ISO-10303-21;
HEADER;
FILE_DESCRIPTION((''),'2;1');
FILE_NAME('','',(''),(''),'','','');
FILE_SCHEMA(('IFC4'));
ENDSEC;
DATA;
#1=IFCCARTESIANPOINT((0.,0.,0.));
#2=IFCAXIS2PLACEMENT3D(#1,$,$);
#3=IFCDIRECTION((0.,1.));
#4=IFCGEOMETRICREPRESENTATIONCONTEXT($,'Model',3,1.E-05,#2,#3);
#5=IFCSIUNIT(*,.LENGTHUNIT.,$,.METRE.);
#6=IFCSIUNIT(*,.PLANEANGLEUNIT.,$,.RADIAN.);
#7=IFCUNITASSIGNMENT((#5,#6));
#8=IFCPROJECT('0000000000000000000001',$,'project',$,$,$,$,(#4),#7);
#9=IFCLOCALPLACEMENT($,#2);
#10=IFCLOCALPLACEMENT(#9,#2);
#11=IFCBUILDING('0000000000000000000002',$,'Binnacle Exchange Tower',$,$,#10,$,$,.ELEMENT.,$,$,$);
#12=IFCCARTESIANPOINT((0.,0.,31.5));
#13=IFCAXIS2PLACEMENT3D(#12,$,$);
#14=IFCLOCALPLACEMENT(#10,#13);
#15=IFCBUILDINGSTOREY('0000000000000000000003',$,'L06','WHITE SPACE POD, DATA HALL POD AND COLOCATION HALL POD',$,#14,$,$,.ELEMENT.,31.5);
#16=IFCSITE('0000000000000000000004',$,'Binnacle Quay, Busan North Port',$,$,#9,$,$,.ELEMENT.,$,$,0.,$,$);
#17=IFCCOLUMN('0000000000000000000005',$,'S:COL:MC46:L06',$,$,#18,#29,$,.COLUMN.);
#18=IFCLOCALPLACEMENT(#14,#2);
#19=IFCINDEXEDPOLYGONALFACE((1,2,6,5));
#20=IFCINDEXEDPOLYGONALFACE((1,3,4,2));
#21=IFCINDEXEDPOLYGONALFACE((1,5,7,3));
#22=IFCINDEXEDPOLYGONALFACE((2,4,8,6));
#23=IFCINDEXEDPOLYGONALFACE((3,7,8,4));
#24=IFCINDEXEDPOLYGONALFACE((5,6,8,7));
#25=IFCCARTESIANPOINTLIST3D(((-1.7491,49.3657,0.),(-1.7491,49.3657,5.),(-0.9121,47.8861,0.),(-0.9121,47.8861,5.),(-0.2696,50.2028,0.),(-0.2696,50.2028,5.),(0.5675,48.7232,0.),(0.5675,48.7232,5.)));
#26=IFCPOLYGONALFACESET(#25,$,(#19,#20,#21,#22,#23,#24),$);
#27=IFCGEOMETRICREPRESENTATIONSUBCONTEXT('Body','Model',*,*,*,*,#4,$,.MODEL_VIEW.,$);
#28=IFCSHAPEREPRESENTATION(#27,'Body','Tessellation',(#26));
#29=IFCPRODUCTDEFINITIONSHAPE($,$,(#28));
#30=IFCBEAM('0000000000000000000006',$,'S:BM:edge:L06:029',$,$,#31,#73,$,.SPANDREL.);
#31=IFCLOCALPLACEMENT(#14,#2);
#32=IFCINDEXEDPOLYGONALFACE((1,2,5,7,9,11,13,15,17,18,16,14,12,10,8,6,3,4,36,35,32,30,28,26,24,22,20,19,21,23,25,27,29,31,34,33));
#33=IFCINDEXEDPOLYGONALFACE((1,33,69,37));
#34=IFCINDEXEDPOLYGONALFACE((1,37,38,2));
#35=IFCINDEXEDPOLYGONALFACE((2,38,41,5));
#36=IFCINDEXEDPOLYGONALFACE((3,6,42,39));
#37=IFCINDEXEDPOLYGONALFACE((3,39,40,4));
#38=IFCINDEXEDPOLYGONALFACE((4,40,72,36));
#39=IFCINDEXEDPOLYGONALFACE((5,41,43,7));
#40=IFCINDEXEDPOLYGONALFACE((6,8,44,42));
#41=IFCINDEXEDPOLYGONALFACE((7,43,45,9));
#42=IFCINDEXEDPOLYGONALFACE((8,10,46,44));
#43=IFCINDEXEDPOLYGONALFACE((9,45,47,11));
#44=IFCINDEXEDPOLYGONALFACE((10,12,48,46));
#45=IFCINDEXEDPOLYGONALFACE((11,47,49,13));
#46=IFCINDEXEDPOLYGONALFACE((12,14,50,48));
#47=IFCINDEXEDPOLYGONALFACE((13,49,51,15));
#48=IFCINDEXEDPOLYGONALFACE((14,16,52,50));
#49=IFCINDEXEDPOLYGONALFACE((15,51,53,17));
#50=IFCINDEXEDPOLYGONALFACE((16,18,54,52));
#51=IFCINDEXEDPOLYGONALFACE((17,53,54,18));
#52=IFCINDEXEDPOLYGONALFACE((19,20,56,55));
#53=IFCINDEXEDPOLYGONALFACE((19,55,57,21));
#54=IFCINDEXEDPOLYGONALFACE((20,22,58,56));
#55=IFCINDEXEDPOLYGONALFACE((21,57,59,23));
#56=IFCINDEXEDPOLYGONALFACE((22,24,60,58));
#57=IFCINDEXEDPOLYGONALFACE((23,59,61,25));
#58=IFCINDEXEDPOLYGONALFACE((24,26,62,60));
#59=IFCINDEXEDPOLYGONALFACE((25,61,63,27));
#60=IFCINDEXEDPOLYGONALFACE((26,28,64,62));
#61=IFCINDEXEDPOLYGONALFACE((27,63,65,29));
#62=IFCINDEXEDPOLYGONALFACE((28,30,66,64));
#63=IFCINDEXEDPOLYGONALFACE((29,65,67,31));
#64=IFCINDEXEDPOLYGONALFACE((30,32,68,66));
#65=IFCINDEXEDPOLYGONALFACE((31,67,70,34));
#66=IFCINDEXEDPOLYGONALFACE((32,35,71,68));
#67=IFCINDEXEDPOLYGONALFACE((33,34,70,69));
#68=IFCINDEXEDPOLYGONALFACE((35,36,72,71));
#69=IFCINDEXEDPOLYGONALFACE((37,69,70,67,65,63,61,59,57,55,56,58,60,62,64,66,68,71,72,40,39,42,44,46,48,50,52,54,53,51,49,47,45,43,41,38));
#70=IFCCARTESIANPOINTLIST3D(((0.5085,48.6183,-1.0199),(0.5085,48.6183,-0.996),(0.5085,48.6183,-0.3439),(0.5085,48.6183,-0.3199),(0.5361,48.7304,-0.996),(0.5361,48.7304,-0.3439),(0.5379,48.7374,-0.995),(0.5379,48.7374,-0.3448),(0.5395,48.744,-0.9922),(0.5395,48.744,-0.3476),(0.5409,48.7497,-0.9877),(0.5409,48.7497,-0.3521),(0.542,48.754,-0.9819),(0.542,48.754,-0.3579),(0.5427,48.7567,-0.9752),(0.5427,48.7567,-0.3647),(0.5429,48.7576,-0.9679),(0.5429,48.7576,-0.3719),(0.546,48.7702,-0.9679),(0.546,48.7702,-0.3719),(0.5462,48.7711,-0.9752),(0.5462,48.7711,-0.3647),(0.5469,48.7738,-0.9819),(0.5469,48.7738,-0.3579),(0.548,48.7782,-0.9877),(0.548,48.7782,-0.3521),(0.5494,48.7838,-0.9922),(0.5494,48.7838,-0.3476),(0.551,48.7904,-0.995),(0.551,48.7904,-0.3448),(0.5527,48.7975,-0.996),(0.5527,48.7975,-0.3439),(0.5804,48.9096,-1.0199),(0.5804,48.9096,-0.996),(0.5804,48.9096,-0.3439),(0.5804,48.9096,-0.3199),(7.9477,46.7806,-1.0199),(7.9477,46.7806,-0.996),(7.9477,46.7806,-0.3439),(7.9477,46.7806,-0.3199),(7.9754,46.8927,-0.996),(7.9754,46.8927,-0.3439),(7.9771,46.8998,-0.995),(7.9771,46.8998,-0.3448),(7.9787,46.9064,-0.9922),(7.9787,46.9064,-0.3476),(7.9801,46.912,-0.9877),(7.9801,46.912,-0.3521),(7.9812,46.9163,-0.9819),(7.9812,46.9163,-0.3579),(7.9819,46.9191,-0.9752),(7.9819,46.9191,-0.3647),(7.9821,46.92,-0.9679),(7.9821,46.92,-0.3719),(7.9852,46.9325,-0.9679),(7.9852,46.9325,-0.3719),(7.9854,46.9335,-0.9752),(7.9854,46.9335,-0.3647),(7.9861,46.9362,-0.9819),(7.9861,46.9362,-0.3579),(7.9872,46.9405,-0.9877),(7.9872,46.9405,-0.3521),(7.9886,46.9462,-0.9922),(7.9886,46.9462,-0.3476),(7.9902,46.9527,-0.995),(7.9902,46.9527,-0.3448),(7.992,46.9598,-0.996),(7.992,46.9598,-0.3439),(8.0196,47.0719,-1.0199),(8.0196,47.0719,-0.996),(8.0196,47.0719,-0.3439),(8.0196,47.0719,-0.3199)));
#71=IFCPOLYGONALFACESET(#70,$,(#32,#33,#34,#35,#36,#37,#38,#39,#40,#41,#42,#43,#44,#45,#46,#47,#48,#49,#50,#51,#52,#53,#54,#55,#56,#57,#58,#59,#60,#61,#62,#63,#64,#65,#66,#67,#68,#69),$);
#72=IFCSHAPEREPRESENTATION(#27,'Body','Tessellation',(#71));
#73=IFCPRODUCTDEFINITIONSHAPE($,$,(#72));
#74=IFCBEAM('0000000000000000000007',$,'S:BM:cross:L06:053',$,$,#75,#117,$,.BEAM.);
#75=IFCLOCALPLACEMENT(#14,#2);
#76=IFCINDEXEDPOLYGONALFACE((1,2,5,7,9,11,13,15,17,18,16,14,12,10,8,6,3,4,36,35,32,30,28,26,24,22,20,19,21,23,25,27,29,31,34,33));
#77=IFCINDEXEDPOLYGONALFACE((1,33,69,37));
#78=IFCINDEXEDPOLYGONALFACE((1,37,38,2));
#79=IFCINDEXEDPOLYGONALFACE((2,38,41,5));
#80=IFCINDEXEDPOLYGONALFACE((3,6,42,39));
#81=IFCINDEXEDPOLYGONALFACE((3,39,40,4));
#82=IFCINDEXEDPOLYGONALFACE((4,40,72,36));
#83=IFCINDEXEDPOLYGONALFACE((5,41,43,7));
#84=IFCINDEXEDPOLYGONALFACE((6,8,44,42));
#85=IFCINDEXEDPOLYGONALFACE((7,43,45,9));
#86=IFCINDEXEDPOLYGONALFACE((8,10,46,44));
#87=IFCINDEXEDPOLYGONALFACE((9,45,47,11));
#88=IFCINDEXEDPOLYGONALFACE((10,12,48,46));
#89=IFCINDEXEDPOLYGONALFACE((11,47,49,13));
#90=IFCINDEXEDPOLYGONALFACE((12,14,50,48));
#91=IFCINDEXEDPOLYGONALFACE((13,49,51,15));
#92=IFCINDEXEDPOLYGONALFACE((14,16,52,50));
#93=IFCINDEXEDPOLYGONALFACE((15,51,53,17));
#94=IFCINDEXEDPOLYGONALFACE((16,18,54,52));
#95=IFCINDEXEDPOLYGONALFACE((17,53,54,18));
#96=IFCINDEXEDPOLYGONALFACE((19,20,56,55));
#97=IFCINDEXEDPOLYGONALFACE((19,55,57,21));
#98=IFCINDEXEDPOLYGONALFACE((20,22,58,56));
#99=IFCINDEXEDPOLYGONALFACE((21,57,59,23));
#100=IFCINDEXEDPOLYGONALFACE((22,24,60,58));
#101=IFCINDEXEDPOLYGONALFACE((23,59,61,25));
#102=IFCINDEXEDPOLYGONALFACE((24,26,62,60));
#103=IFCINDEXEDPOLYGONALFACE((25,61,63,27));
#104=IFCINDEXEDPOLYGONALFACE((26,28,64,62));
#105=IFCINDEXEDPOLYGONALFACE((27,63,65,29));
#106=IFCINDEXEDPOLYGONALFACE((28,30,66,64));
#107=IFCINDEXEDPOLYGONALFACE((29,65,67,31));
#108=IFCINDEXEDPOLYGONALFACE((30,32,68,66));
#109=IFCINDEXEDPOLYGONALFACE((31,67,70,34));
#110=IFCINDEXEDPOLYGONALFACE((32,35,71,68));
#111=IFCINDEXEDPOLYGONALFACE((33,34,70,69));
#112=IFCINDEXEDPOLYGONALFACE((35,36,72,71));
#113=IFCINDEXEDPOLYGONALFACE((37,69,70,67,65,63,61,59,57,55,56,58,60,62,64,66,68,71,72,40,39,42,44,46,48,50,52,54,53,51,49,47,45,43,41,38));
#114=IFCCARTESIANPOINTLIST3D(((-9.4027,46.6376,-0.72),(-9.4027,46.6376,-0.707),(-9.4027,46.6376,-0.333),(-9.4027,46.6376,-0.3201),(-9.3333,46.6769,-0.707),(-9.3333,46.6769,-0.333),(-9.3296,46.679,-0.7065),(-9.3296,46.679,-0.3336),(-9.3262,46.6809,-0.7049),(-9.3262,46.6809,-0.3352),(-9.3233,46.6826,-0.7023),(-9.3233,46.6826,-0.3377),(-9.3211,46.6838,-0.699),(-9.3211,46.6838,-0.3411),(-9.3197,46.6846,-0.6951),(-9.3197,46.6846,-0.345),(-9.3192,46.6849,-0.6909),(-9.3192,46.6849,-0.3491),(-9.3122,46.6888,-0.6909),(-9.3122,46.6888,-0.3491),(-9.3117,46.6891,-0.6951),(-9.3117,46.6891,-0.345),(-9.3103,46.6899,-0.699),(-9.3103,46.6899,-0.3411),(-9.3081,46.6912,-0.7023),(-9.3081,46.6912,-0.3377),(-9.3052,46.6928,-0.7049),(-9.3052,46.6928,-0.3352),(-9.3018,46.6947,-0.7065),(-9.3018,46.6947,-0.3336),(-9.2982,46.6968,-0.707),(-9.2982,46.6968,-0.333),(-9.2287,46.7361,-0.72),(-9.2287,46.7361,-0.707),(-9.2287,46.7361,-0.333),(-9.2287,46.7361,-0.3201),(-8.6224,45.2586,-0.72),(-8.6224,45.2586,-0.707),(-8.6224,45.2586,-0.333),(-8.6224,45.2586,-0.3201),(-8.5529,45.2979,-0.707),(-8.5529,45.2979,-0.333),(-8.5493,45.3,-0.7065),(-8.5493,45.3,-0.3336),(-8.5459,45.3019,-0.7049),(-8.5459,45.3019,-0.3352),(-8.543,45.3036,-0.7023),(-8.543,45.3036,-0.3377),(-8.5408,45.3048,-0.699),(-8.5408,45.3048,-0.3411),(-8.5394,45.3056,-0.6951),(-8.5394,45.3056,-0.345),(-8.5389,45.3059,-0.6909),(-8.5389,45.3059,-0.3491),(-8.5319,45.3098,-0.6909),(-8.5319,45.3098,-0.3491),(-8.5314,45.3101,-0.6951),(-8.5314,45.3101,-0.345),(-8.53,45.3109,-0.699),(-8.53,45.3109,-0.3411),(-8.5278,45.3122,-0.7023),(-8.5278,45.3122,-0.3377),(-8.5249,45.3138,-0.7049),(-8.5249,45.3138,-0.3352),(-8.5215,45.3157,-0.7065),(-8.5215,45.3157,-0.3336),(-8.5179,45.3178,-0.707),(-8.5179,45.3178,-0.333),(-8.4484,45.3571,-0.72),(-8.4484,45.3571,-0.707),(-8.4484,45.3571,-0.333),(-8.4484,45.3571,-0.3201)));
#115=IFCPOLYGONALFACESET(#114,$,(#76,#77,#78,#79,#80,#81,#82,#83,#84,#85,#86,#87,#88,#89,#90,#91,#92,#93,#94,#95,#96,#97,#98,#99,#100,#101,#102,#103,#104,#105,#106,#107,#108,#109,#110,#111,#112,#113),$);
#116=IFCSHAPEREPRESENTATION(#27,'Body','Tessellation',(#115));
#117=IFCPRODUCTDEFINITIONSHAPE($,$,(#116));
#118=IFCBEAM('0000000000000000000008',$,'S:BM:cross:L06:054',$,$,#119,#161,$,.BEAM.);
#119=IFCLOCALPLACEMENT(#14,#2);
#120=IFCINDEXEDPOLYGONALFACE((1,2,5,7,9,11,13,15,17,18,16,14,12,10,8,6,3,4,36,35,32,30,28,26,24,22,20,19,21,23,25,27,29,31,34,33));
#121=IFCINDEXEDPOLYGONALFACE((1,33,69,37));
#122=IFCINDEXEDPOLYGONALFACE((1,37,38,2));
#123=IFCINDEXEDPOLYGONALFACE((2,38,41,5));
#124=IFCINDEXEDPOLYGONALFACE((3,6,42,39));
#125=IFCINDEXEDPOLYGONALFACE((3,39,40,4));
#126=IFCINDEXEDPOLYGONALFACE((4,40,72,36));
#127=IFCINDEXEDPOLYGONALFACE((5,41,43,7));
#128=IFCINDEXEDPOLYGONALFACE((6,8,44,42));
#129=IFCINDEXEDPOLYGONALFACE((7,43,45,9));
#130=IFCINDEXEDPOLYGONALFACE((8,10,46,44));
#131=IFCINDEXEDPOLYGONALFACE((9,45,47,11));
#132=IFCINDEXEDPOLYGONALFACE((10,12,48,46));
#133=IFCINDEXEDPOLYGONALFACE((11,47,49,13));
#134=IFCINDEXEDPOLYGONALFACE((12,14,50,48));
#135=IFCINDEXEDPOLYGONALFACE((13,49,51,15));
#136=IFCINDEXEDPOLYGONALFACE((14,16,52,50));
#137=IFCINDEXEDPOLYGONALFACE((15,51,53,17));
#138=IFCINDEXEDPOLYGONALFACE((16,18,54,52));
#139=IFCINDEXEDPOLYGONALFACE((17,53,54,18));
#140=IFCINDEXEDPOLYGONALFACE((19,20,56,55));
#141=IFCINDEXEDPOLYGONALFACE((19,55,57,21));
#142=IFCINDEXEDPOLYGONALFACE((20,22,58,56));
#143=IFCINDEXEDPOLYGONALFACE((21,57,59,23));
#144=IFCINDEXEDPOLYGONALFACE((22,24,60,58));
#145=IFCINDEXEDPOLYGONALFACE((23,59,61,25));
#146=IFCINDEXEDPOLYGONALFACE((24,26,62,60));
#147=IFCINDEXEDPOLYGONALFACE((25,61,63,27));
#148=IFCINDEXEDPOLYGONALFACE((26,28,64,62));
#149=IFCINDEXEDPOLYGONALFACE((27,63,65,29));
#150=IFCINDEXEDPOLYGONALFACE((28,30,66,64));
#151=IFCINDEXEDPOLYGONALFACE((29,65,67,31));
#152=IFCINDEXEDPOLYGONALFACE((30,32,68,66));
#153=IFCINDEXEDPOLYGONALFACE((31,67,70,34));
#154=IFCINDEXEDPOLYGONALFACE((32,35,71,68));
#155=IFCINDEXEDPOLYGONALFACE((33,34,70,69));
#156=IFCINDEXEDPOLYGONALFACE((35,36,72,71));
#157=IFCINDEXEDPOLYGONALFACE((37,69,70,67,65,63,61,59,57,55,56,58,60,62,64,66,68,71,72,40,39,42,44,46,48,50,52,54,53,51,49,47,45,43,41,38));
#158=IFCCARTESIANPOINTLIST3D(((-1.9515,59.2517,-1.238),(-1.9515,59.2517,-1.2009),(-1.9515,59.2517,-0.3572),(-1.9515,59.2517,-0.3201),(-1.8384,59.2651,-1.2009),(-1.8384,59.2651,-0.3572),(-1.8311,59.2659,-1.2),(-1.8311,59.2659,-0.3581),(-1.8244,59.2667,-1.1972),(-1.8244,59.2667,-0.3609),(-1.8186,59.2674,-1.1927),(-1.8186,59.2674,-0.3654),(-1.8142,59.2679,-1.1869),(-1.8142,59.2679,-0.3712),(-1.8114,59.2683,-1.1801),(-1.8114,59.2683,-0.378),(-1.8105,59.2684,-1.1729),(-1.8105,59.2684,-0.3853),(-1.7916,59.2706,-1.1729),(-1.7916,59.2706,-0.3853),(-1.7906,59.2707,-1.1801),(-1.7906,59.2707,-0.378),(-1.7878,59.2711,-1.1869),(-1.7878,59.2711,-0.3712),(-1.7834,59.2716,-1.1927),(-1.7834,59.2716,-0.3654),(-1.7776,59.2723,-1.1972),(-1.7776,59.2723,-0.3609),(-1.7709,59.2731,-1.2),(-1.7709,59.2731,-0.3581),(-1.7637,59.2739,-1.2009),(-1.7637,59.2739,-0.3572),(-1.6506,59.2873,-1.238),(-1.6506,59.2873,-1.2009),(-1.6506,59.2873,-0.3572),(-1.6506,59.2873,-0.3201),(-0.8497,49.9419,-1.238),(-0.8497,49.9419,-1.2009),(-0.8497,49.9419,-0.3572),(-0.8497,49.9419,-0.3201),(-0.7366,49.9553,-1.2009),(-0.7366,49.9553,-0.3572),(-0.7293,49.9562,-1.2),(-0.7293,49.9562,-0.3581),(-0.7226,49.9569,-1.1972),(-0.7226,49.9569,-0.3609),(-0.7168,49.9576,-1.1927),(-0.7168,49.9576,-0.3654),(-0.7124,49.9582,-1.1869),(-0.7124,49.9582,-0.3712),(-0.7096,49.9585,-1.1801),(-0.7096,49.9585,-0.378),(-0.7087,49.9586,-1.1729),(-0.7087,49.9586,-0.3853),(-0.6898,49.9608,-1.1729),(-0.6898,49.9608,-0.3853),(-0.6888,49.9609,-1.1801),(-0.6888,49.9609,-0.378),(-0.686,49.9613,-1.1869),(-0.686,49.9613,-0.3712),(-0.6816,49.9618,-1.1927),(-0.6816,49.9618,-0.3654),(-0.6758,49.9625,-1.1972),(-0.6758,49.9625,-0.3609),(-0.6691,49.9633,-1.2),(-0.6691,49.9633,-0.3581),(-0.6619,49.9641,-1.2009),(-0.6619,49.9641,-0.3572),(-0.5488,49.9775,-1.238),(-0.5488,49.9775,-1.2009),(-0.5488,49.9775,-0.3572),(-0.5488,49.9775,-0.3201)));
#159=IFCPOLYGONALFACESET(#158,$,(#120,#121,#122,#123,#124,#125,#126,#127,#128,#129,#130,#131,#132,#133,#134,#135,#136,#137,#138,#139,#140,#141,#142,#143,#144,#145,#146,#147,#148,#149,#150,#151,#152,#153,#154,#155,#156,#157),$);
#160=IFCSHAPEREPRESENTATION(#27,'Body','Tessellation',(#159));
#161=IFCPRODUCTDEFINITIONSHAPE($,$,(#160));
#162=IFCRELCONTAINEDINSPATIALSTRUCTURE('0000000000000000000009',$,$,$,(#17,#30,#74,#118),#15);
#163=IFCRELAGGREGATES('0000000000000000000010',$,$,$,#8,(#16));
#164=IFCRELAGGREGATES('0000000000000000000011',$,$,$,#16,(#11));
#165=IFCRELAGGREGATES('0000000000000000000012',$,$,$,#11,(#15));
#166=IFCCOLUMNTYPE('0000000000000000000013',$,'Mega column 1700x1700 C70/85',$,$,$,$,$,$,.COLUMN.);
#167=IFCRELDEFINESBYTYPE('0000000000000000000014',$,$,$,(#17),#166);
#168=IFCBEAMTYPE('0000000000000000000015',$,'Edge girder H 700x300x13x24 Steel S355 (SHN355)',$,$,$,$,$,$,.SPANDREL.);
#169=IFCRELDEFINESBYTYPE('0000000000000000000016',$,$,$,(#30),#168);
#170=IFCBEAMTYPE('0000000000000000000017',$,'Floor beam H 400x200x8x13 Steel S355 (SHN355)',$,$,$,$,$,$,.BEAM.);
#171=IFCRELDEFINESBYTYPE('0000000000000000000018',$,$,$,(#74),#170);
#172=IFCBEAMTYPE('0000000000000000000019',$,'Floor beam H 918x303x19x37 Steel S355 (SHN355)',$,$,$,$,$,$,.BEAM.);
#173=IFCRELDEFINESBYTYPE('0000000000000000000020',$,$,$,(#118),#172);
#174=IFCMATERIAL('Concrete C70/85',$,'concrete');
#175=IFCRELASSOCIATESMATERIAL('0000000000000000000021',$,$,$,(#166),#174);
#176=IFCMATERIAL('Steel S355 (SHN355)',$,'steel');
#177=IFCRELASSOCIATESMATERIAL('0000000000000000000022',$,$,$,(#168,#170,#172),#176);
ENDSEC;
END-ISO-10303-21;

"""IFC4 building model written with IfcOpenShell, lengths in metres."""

from ifc_helpers import new_model, si_unit, direction, frame, origin, origin_2d, place, context, subcontext, project, spatial, rectangle, i_section, extrude, material, material_profile, profile_set, type_object, element, save


model = new_model("IFC4")

# Units and contexts
model_context = context("Model", 3, precision=1e-05, world=origin(), true_north=direction((0.0, 1.0)))
body_context = subcontext(model_context, "Body", "Model", "MODEL_VIEW")
ifc_project = project(units=[si_unit("LENGTHUNIT", "METRE"), si_unit("PLANEANGLEUNIT", "RADIAN")], contexts=[model_context])

# Site, building, storey
site_placement = place(None, origin())
site = spatial("IfcSite", under=ifc_project, at=site_placement, Name="Binnacle Quay, Busan North Port", CompositionType="ELEMENT", RefElevation=0.0)
building_placement = place(site_placement, origin())
building = spatial("IfcBuilding", under=site, at=building_placement, Name="Binnacle Exchange Tower", CompositionType="ELEMENT")
storey_placement = place(building_placement, frame((0.0, 0.0, 31.5)))
storey = spatial("IfcBuildingStorey", under=building, at=storey_placement, Name="L06", Description="WHITE SPACE POD, DATA HALL POD AND COLOCATION HALL POD", CompositionType="ELEMENT", Elevation=31.5)

# Column
ifc_material_1 = material(Name="Concrete C70/85", Category="concrete")
ifc_material_profile_1 = material_profile(ifc_material_1, rectangle(XDim=1.7, YDim=1.7, at=origin_2d()), Name="Mega column 1700x1700 C70/85")
ifc_profile_set_1 = profile_set([ifc_material_profile_1], Name="Concrete C70/85")
column_type = type_object("IfcColumnType", Name="Mega column 1700x1700 C70/85", PredefinedType="COLUMN", material=ifc_profile_set_1)
column_placement = place(storey_placement, frame((-0.5908, 49.0444, 0.0), z_axis=(0.0, 0.0, 1.0), x_axis=(0.870356, 0.492424, 0.0)))
element("IfcColumn", 1, at=column_placement, inside=storey, type_object=column_type, Name="S:COL:MC46:L06", PredefinedType="COLUMN", context=body_context, shape_type="SweptSolid", body=[
    extrude(rectangle(XDim=1.7, YDim=1.7, at=origin_2d()), origin(), (0.0, 0.0, 1.0), 5.0),
])

# Beams
ifc_material_2 = material(Name="Steel S355 (SHN355)", Category="steel")
ifc_material_profile_2 = material_profile(ifc_material_2, i_section(OverallWidth=0.3, OverallDepth=0.7, WebThickness=0.0129, FlangeThickness=0.0239, FilletRadius=0.0281, at=origin_2d()), Name="H 700x300x13x24")
ifc_profile_set_2 = profile_set([ifc_material_profile_2], Name="Steel S355 (SHN355)")
beam_type_1 = type_object("IfcBeamType", Name="Edge girder H 700x300x13x24 Steel S355 (SHN355)", PredefinedType="SPANDREL", material=ifc_profile_set_2)
beam_1_placement = place(storey_placement, frame((0.5444, 48.7639, -0.6699), z_axis=(0.970819, -0.239813, 0.0), x_axis=(0.239813, 0.970819, 0.0)))
element("IfcBeam", 2, at=beam_1_placement, inside=storey, type_object=beam_type_1, Name="S:BM:edge:L06:029", PredefinedType="SPANDREL", context=body_context, shape_type="SweptSolid", body=[
    extrude(i_section(OverallWidth=0.3, OverallDepth=0.7, WebThickness=0.0129, FlangeThickness=0.0239, FilletRadius=0.0281, at=origin_2d()), origin(), (0.0, 0.0, 1.0), 7.6628),
])
ifc_material_profile_3 = material_profile(ifc_material_2, i_section(OverallWidth=0.2, OverallDepth=0.3999, WebThickness=0.0081, FlangeThickness=0.0129, FilletRadius=0.0161, at=origin_2d()), Name="H 400x200x8x13")
ifc_profile_set_3 = profile_set([ifc_material_profile_3], Name="Steel S355 (SHN355)")
beam_type_2 = type_object("IfcBeamType", Name="Floor beam H 400x200x8x13 Steel S355 (SHN355)", PredefinedType="BEAM", material=ifc_profile_set_3)
beam_2_placement = place(storey_placement, frame((-8.5354, 45.3079, -0.52), z_axis=(-0.492484, 0.870322, 0.0), x_axis=(-0.870322, -0.492484, 0.0)))
element("IfcBeam", 3, at=beam_2_placement, inside=storey, type_object=beam_type_2, Name="S:BM:cross:L06:053", PredefinedType="BEAM", context=body_context, shape_type="SweptSolid", body=[
    extrude(i_section(OverallWidth=0.2, OverallDepth=0.3999, WebThickness=0.0081, FlangeThickness=0.0129, FilletRadius=0.0161, at=origin_2d()), origin(), (0.0, 0.0, 1.0), 1.5845),
])
ifc_material_profile_4 = material_profile(ifc_material_2, i_section(OverallWidth=0.303, OverallDepth=0.918, WebThickness=0.019, FlangeThickness=0.0371, FilletRadius=0.0281, at=origin_2d()), Name="H 918x303x19x37")
ifc_profile_set_4 = profile_set([ifc_material_profile_4], Name="Steel S355 (SHN355)")
beam_type_3 = type_object("IfcBeamType", Name="Floor beam H 918x303x19x37 Steel S355 (SHN355)", PredefinedType="BEAM", material=ifc_profile_set_4)
beam_3_placement = place(storey_placement, frame((-0.6992, 49.9597, -0.7791), z_axis=(-0.117529, 0.993069, 0.0), x_axis=(-0.993069, -0.117529, 0.0)))
element("IfcBeam", 4, at=beam_3_placement, inside=storey, type_object=beam_type_3, Name="S:BM:cross:L06:054", PredefinedType="BEAM", context=body_context, shape_type="SweptSolid", body=[
    extrude(i_section(OverallWidth=0.303, OverallDepth=0.918, WebThickness=0.019, FlangeThickness=0.0371, FilletRadius=0.0281, at=origin_2d()), origin(), (0.0, 0.0, 1.0), 9.3748),
])

save(model, "model.ifc")
